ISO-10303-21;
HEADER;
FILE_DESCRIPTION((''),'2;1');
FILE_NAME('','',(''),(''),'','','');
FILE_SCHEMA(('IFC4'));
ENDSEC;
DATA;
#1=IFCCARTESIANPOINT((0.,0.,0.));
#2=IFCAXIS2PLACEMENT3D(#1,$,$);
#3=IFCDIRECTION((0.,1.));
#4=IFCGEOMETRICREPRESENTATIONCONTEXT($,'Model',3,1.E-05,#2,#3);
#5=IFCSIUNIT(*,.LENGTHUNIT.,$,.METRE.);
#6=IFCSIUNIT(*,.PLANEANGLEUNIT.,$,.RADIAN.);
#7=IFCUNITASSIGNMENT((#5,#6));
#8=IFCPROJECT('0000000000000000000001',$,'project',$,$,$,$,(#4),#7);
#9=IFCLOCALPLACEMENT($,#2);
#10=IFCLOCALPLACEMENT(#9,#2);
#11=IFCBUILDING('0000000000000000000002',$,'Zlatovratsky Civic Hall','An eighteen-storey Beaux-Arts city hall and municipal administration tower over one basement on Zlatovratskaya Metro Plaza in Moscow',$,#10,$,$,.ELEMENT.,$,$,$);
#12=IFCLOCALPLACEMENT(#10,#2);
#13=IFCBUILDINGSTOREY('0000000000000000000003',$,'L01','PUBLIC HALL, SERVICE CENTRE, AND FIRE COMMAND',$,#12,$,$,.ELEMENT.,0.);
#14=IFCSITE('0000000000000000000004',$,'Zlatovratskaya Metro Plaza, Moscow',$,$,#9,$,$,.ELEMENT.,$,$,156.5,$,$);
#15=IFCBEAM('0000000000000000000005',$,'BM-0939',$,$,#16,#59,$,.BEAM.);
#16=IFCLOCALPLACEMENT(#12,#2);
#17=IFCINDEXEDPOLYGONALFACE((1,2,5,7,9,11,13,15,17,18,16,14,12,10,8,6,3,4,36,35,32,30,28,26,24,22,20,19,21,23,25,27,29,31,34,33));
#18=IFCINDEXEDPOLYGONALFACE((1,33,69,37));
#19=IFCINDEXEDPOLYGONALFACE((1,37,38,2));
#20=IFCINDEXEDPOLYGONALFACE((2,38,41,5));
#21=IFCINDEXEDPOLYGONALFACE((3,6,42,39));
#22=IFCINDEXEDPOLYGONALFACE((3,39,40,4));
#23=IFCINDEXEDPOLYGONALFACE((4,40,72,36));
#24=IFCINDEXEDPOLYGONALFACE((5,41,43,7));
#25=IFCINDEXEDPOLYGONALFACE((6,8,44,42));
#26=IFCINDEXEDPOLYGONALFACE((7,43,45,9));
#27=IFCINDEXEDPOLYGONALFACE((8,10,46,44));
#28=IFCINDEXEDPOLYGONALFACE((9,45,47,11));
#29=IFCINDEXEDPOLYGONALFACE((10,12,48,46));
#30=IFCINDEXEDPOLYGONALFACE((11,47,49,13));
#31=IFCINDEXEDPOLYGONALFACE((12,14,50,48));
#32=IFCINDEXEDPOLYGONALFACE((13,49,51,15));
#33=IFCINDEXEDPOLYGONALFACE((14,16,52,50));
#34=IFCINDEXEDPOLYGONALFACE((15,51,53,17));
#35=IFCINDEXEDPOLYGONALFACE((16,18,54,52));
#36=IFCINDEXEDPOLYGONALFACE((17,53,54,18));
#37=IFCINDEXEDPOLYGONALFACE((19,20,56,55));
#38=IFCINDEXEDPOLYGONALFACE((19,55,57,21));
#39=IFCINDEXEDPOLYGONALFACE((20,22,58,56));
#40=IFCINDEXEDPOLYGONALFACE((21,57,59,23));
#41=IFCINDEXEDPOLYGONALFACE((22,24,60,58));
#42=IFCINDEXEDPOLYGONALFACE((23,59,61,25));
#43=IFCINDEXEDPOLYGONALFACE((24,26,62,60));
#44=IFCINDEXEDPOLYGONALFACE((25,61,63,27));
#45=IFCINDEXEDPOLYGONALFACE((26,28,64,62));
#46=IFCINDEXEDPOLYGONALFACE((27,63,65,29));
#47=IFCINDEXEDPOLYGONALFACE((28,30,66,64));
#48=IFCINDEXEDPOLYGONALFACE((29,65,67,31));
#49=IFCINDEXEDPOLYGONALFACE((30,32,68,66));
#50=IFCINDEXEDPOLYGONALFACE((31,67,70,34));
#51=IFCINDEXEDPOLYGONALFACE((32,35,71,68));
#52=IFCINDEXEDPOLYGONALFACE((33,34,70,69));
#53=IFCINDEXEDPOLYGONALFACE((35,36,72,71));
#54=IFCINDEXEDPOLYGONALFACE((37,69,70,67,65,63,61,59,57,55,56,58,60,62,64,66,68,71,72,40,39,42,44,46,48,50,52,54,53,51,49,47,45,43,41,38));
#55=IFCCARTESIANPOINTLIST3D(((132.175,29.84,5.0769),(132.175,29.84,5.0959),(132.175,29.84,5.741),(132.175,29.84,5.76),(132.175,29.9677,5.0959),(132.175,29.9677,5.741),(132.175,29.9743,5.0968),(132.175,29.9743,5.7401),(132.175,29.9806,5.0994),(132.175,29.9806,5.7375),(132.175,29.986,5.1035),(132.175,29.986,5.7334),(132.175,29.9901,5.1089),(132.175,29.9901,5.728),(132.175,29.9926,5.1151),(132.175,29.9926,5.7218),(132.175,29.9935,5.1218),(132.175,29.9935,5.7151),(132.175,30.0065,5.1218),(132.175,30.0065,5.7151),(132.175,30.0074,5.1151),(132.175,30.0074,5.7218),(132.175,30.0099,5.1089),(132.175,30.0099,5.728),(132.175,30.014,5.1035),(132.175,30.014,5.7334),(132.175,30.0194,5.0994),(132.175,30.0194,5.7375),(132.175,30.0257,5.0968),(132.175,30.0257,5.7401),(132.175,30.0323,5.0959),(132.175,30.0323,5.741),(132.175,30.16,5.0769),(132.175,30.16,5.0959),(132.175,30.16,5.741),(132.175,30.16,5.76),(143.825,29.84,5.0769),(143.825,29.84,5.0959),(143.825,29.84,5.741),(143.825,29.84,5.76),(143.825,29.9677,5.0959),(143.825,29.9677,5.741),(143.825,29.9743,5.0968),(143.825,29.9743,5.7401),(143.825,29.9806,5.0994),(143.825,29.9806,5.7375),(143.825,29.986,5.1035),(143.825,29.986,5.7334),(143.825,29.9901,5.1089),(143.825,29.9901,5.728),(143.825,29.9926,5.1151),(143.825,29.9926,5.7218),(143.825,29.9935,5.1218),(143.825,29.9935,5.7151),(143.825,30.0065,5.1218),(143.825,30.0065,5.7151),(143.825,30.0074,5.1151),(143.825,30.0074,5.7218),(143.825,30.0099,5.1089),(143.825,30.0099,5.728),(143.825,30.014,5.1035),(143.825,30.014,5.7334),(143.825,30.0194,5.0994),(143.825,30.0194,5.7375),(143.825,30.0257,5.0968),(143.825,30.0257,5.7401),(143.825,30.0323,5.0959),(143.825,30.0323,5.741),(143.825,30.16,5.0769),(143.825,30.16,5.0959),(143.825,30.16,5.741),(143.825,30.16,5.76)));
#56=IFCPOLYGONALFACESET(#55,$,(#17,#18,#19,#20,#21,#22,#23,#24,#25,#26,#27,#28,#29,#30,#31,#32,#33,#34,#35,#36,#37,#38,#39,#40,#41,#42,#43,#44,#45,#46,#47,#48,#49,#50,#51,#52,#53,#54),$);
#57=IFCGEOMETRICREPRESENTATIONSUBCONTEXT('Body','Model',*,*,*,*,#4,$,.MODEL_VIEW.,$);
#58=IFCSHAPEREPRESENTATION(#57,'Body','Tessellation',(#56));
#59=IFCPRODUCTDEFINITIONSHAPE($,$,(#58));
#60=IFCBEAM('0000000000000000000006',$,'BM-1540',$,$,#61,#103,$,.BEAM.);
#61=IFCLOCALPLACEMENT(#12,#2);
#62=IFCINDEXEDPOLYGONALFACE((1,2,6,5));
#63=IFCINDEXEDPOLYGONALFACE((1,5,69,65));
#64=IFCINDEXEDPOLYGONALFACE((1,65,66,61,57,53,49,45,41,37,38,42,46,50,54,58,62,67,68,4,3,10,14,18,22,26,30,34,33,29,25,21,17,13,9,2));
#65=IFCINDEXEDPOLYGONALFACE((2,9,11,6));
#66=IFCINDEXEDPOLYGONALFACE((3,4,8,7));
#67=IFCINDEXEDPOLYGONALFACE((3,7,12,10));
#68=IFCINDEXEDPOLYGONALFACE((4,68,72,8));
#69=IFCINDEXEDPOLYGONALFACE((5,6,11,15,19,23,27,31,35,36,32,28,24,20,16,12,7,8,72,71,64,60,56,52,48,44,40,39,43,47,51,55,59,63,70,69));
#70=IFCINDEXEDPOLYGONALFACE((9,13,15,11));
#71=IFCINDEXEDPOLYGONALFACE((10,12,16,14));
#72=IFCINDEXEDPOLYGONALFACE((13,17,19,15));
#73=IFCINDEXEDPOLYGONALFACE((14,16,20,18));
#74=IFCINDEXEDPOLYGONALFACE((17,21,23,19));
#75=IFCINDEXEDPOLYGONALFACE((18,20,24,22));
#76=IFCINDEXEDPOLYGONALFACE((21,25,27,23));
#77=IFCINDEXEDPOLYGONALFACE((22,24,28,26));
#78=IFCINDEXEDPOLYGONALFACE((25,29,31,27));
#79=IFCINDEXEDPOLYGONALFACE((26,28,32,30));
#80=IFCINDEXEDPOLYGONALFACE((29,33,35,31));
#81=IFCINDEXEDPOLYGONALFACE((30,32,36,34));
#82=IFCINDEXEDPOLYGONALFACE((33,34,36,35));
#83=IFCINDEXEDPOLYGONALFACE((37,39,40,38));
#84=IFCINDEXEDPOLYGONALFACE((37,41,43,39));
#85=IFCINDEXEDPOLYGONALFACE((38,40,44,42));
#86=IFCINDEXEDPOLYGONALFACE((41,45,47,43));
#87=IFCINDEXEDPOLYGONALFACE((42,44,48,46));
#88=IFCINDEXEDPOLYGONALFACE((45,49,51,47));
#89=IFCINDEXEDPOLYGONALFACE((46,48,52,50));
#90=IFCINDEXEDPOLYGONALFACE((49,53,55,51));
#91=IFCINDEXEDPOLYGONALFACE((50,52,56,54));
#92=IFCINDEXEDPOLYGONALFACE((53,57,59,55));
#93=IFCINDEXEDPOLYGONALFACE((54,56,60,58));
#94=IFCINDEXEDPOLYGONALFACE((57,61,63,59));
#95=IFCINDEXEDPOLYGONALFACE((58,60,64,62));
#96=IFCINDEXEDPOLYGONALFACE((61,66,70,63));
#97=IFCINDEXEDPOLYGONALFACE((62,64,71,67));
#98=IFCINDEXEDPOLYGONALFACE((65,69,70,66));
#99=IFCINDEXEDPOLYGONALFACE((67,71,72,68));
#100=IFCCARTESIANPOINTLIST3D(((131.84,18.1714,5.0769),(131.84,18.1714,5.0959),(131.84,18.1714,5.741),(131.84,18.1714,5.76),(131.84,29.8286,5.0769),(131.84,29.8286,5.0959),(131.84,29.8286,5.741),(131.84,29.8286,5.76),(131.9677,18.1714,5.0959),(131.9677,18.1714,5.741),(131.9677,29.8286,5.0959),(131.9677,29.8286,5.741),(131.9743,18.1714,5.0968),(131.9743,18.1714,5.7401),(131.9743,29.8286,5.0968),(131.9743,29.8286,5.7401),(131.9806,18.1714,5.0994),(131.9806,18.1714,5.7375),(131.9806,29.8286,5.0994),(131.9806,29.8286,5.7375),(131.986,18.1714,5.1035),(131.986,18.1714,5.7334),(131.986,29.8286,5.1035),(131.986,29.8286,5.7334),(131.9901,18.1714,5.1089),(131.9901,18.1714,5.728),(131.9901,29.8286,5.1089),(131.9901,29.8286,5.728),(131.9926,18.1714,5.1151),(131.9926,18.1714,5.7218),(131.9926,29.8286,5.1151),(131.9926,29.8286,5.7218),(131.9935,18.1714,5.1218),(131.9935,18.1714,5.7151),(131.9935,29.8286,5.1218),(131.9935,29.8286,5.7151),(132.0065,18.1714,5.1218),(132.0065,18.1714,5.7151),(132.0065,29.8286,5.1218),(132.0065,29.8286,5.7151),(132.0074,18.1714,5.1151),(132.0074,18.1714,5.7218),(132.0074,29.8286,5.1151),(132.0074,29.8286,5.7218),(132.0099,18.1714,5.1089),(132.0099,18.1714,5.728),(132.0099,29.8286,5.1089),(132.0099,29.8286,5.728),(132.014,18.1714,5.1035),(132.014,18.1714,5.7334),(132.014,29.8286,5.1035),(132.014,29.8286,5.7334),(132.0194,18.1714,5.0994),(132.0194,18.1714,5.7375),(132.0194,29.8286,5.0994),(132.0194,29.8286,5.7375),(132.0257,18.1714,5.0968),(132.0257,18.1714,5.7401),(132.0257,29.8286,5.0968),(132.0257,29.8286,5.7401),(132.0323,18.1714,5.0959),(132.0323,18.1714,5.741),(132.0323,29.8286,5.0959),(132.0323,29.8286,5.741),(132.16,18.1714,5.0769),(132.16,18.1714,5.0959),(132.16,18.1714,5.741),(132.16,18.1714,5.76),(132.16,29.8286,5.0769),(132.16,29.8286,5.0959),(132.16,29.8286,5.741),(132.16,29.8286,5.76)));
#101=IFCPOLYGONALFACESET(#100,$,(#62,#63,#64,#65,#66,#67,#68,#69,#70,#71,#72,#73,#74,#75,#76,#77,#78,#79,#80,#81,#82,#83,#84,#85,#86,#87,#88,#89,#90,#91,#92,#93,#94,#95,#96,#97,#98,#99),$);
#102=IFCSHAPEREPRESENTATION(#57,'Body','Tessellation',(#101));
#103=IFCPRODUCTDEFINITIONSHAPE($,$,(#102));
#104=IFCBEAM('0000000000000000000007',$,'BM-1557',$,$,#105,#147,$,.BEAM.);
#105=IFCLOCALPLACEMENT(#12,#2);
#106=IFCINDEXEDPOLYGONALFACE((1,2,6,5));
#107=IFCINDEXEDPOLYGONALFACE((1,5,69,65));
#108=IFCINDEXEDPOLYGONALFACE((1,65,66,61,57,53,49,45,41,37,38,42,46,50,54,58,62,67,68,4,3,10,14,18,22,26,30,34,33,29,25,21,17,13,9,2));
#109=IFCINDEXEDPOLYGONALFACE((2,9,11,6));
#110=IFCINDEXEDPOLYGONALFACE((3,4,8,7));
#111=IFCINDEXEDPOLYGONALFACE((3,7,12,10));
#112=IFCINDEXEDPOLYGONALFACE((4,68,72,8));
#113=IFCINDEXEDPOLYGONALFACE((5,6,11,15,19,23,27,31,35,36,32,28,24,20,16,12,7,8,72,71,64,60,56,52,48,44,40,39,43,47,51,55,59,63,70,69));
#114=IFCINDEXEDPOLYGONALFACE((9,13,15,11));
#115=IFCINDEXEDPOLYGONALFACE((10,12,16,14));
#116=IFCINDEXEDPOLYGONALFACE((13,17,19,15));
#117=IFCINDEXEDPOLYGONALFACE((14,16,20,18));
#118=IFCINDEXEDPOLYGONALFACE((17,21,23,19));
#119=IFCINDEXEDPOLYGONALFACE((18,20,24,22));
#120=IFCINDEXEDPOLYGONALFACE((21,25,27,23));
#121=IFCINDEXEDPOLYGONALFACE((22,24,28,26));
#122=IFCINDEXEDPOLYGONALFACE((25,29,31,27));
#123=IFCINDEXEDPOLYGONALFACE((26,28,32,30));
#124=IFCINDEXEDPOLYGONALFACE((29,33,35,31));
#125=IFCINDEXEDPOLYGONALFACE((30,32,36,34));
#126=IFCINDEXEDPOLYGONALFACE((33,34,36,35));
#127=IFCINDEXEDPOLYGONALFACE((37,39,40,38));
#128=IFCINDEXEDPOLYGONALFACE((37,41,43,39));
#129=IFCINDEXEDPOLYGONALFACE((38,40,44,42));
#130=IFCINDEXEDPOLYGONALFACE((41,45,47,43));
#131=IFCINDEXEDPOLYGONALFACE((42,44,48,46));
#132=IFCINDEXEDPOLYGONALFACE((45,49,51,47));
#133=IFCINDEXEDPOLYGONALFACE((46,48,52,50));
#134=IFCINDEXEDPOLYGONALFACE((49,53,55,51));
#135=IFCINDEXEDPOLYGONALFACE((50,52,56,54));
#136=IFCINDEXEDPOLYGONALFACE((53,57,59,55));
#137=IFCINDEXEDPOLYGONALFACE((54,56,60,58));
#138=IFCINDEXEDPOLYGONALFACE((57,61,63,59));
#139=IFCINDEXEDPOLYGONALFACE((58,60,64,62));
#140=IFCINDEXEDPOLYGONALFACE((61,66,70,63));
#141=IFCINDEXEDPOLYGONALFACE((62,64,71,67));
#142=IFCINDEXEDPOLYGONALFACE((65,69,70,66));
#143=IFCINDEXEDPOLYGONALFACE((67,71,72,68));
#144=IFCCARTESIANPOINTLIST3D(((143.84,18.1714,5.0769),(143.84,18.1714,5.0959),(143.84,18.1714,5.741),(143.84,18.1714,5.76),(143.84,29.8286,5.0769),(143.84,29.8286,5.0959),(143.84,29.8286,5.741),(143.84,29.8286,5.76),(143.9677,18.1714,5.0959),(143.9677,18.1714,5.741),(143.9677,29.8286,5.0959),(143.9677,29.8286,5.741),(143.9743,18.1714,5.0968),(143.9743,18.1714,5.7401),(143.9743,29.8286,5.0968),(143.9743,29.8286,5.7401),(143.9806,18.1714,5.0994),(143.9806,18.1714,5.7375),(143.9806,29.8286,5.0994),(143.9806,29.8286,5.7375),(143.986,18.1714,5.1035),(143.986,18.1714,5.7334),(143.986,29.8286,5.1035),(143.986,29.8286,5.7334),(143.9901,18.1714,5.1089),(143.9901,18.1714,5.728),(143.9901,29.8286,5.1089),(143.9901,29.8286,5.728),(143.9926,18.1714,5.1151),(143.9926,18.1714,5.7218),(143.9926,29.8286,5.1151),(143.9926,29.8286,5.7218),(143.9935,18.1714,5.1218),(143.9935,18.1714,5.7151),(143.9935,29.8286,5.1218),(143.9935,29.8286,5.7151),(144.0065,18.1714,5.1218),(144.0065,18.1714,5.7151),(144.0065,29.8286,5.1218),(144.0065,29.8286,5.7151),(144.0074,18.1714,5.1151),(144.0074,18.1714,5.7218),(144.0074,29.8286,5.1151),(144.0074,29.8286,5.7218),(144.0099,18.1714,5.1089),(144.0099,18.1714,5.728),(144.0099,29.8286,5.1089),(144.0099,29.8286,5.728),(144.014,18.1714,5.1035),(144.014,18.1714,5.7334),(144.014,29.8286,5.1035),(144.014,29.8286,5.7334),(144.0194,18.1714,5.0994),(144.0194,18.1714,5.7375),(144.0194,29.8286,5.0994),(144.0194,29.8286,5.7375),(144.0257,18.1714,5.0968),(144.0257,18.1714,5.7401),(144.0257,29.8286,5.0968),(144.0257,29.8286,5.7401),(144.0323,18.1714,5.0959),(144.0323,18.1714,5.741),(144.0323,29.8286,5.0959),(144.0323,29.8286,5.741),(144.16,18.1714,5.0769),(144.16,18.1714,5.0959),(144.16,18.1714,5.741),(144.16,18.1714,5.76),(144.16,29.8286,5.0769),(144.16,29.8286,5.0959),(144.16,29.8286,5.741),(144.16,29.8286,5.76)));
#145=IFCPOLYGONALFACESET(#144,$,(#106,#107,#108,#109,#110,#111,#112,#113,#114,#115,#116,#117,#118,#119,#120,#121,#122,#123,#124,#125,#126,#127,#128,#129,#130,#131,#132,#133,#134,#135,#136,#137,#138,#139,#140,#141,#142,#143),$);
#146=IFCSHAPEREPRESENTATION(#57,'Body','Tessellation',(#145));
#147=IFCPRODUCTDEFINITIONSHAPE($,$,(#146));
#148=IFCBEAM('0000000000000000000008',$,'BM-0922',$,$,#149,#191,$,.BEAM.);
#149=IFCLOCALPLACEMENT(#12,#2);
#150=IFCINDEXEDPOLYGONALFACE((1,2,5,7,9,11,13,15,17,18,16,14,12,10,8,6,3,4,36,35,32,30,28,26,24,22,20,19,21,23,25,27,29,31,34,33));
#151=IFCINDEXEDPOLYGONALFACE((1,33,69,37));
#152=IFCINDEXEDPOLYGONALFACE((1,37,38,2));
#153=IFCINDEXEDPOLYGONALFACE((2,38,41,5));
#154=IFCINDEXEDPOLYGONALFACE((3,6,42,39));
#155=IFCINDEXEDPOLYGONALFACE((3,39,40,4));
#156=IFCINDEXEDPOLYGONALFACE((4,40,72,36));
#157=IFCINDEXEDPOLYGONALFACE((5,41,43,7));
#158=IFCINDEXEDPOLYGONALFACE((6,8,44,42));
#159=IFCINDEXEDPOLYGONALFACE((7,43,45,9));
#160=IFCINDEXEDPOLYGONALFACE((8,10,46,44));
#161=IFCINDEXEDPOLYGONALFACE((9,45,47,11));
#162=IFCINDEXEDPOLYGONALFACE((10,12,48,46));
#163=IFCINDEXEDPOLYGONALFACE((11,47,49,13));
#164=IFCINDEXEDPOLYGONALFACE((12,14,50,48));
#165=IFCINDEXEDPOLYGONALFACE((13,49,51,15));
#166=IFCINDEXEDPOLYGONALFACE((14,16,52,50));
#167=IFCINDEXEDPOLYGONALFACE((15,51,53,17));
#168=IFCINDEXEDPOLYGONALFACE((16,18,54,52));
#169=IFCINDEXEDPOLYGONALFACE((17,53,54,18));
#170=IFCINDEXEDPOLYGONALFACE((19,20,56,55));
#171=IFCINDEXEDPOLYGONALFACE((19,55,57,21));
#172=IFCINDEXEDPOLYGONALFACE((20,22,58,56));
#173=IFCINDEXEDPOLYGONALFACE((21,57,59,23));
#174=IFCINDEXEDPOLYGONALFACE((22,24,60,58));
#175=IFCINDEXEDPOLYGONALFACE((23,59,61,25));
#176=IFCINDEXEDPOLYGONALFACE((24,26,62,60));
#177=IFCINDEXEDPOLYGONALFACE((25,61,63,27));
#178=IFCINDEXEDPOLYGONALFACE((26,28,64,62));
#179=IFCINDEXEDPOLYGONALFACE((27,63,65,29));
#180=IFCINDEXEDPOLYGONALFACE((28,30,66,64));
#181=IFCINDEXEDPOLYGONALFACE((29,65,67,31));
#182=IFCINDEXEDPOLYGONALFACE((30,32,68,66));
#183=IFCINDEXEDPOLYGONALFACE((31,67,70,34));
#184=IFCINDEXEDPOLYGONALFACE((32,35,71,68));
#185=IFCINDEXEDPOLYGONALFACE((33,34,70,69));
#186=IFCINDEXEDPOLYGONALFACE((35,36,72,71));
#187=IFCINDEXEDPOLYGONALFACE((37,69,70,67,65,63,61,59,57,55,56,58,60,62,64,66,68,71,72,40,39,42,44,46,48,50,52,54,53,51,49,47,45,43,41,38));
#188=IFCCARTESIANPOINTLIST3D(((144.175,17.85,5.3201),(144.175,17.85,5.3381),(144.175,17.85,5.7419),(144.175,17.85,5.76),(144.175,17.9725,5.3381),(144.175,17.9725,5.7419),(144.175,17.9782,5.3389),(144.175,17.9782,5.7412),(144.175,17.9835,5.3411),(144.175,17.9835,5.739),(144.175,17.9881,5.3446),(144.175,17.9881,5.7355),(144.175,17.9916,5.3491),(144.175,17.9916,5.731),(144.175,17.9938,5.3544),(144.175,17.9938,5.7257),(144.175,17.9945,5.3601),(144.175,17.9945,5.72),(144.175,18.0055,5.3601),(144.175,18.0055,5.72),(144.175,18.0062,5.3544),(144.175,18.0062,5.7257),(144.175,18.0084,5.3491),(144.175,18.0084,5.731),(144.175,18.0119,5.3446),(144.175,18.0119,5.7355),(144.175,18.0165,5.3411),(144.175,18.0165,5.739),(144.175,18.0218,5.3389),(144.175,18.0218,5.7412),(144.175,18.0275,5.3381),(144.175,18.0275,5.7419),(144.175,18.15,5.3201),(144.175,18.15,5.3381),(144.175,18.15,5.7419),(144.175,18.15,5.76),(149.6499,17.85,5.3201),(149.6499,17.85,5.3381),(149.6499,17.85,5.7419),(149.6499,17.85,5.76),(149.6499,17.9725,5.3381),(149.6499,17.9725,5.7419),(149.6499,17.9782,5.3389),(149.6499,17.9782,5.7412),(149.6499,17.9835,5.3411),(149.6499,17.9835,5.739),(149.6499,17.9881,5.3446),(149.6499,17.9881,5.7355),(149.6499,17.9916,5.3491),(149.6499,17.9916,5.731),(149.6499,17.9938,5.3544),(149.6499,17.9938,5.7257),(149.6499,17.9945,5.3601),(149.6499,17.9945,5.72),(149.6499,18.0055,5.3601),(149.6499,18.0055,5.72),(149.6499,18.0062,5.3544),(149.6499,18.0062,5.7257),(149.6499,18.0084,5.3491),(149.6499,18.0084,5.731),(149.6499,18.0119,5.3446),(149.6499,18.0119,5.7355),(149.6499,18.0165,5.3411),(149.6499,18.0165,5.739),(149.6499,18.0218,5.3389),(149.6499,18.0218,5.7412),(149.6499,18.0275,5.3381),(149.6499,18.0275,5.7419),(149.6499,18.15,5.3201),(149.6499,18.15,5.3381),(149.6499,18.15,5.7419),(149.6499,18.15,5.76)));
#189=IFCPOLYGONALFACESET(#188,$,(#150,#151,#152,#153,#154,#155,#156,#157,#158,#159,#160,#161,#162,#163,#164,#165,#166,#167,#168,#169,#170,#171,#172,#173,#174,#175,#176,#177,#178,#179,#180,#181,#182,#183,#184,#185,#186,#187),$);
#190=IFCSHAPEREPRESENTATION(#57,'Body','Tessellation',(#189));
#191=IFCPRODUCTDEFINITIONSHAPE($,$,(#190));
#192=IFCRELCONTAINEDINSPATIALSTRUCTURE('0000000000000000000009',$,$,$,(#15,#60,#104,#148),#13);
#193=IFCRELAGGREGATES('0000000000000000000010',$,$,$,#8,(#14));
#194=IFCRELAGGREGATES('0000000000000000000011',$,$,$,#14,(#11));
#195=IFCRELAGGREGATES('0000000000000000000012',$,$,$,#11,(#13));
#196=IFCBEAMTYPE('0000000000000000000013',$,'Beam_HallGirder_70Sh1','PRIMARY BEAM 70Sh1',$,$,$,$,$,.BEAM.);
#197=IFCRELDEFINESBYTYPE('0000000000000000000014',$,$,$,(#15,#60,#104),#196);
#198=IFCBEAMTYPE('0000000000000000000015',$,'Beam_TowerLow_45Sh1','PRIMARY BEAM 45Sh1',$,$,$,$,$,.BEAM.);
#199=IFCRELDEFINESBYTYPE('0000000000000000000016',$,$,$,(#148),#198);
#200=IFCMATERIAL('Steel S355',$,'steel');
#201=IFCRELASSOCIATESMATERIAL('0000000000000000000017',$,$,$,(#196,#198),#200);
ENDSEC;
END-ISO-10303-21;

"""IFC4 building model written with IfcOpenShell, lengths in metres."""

from ifc_helpers import new_model, si_unit, direction, frame, origin, origin_2d, place, context, subcontext, project, spatial, i_section, extrude, material, material_profile, profile_set, type_object, element, save


model = new_model("IFC4")

# Units and contexts
model_context = context("Model", 3, precision=1e-05, world=origin(), true_north=direction((0.0, 1.0)))
body_context = subcontext(model_context, "Body", "Model", "MODEL_VIEW")
ifc_project = project(units=[si_unit("LENGTHUNIT", "METRE"), si_unit("PLANEANGLEUNIT", "RADIAN")], contexts=[model_context])

# Site, building, storey
site_placement = place(None, origin())
site = spatial("IfcSite", under=ifc_project, at=site_placement, Name="Zlatovratskaya Metro Plaza, Moscow", CompositionType="ELEMENT", RefElevation=156.5)
building_placement = place(site_placement, origin())
building = spatial("IfcBuilding", under=site, at=building_placement, Name="Zlatovratsky Civic Hall", Description="An eighteen-storey Beaux-Arts city hall and municipal administration tower over one basement on Zlatovratskaya Metro Plaza in Moscow", CompositionType="ELEMENT")
storey_placement = place(building_placement, origin())
storey = spatial("IfcBuildingStorey", under=building, at=storey_placement, Name="L01", Description="PUBLIC HALL, SERVICE CENTRE, AND FIRE COMMAND", CompositionType="ELEMENT", Elevation=0.0)

# Shared definitions
ifc_material_1 = material(Name="Steel S355", Category="steel")

# Beams
ifc_material_profile_1 = material_profile(ifc_material_1, i_section(OverallWidth=0.3201, OverallDepth=0.6831, WebThickness=0.0129, FlangeThickness=0.019, FilletRadius=0.0259, at=origin_2d()), Name="70Sh1")
ifc_profile_set_1 = profile_set([ifc_material_profile_1], Name="Steel S355")
beam_type_1 = type_object("IfcBeamType", Name="Beam_HallGirder_70Sh1", Description="PRIMARY BEAM 70Sh1", PredefinedType="BEAM", material=ifc_profile_set_1)
for number, where, z_axis, x_axis, name in (
    (1, (132.175, 30.0, 5.4185), (1.0, 0.0, 0.0), (0.0, 1.0, 0.0), "BM-0939"),
):
    element("IfcBeam", number, at=place(storey_placement, frame(where, z_axis=z_axis, x_axis=x_axis)), inside=storey, type_object=beam_type_1, Name=name, PredefinedType="BEAM", context=body_context, shape_type="SweptSolid", body=[
        extrude(i_section(OverallWidth=0.3201, OverallDepth=0.6831, WebThickness=0.0129, FlangeThickness=0.019, FilletRadius=0.0259, at=origin_2d()), origin(), (0.0, 0.0, 1.0), 11.6499),
    ])
for number, where, z_axis, x_axis, name in (
    (2, (132.0, 18.1714, 5.4185), (0.0, 1.0, 0.0), (-1.0, 0.0, 0.0), "BM-1540"),
    (3, (144.0, 18.1714, 5.4185), (0.0, 1.0, 0.0), (-1.0, 0.0, 0.0), "BM-1557"),
):
    element("IfcBeam", number, at=place(storey_placement, frame(where, z_axis=z_axis, x_axis=x_axis)), inside=storey, type_object=beam_type_1, Name=name, PredefinedType="BEAM", context=body_context, shape_type="SweptSolid", body=[
        extrude(i_section(OverallWidth=0.3201, OverallDepth=0.6831, WebThickness=0.0129, FlangeThickness=0.019, FilletRadius=0.0259, at=origin_2d()), origin(), (0.0, 0.0, 1.0), 11.6572),
    ])
ifc_material_profile_2 = material_profile(ifc_material_1, i_section(OverallWidth=0.3, OverallDepth=0.4399, WebThickness=0.011, FlangeThickness=0.0181, FilletRadius=0.022, at=origin_2d()), Name="45Sh1")
ifc_profile_set_2 = profile_set([ifc_material_profile_2], Name="Steel S355")
beam_type_2 = type_object("IfcBeamType", Name="Beam_TowerLow_45Sh1", Description="PRIMARY BEAM 45Sh1", PredefinedType="BEAM", material=ifc_profile_set_2)
for number, where, z_axis, x_axis, name in (
    (4, (144.175, 18.0, 5.54), (1.0, 0.0, 0.0), (0.0, 1.0, 0.0), "BM-0922"),
):
    element("IfcBeam", number, at=place(storey_placement, frame(where, z_axis=z_axis, x_axis=x_axis)), inside=storey, type_object=beam_type_2, Name=name, PredefinedType="BEAM", context=body_context, shape_type="SweptSolid", body=[
        extrude(i_section(OverallWidth=0.3, OverallDepth=0.4399, WebThickness=0.011, FlangeThickness=0.0181, FilletRadius=0.022, at=origin_2d()), origin(), (0.0, 0.0, 1.0), 5.4749),
    ])

save(model, "model.ifc")
